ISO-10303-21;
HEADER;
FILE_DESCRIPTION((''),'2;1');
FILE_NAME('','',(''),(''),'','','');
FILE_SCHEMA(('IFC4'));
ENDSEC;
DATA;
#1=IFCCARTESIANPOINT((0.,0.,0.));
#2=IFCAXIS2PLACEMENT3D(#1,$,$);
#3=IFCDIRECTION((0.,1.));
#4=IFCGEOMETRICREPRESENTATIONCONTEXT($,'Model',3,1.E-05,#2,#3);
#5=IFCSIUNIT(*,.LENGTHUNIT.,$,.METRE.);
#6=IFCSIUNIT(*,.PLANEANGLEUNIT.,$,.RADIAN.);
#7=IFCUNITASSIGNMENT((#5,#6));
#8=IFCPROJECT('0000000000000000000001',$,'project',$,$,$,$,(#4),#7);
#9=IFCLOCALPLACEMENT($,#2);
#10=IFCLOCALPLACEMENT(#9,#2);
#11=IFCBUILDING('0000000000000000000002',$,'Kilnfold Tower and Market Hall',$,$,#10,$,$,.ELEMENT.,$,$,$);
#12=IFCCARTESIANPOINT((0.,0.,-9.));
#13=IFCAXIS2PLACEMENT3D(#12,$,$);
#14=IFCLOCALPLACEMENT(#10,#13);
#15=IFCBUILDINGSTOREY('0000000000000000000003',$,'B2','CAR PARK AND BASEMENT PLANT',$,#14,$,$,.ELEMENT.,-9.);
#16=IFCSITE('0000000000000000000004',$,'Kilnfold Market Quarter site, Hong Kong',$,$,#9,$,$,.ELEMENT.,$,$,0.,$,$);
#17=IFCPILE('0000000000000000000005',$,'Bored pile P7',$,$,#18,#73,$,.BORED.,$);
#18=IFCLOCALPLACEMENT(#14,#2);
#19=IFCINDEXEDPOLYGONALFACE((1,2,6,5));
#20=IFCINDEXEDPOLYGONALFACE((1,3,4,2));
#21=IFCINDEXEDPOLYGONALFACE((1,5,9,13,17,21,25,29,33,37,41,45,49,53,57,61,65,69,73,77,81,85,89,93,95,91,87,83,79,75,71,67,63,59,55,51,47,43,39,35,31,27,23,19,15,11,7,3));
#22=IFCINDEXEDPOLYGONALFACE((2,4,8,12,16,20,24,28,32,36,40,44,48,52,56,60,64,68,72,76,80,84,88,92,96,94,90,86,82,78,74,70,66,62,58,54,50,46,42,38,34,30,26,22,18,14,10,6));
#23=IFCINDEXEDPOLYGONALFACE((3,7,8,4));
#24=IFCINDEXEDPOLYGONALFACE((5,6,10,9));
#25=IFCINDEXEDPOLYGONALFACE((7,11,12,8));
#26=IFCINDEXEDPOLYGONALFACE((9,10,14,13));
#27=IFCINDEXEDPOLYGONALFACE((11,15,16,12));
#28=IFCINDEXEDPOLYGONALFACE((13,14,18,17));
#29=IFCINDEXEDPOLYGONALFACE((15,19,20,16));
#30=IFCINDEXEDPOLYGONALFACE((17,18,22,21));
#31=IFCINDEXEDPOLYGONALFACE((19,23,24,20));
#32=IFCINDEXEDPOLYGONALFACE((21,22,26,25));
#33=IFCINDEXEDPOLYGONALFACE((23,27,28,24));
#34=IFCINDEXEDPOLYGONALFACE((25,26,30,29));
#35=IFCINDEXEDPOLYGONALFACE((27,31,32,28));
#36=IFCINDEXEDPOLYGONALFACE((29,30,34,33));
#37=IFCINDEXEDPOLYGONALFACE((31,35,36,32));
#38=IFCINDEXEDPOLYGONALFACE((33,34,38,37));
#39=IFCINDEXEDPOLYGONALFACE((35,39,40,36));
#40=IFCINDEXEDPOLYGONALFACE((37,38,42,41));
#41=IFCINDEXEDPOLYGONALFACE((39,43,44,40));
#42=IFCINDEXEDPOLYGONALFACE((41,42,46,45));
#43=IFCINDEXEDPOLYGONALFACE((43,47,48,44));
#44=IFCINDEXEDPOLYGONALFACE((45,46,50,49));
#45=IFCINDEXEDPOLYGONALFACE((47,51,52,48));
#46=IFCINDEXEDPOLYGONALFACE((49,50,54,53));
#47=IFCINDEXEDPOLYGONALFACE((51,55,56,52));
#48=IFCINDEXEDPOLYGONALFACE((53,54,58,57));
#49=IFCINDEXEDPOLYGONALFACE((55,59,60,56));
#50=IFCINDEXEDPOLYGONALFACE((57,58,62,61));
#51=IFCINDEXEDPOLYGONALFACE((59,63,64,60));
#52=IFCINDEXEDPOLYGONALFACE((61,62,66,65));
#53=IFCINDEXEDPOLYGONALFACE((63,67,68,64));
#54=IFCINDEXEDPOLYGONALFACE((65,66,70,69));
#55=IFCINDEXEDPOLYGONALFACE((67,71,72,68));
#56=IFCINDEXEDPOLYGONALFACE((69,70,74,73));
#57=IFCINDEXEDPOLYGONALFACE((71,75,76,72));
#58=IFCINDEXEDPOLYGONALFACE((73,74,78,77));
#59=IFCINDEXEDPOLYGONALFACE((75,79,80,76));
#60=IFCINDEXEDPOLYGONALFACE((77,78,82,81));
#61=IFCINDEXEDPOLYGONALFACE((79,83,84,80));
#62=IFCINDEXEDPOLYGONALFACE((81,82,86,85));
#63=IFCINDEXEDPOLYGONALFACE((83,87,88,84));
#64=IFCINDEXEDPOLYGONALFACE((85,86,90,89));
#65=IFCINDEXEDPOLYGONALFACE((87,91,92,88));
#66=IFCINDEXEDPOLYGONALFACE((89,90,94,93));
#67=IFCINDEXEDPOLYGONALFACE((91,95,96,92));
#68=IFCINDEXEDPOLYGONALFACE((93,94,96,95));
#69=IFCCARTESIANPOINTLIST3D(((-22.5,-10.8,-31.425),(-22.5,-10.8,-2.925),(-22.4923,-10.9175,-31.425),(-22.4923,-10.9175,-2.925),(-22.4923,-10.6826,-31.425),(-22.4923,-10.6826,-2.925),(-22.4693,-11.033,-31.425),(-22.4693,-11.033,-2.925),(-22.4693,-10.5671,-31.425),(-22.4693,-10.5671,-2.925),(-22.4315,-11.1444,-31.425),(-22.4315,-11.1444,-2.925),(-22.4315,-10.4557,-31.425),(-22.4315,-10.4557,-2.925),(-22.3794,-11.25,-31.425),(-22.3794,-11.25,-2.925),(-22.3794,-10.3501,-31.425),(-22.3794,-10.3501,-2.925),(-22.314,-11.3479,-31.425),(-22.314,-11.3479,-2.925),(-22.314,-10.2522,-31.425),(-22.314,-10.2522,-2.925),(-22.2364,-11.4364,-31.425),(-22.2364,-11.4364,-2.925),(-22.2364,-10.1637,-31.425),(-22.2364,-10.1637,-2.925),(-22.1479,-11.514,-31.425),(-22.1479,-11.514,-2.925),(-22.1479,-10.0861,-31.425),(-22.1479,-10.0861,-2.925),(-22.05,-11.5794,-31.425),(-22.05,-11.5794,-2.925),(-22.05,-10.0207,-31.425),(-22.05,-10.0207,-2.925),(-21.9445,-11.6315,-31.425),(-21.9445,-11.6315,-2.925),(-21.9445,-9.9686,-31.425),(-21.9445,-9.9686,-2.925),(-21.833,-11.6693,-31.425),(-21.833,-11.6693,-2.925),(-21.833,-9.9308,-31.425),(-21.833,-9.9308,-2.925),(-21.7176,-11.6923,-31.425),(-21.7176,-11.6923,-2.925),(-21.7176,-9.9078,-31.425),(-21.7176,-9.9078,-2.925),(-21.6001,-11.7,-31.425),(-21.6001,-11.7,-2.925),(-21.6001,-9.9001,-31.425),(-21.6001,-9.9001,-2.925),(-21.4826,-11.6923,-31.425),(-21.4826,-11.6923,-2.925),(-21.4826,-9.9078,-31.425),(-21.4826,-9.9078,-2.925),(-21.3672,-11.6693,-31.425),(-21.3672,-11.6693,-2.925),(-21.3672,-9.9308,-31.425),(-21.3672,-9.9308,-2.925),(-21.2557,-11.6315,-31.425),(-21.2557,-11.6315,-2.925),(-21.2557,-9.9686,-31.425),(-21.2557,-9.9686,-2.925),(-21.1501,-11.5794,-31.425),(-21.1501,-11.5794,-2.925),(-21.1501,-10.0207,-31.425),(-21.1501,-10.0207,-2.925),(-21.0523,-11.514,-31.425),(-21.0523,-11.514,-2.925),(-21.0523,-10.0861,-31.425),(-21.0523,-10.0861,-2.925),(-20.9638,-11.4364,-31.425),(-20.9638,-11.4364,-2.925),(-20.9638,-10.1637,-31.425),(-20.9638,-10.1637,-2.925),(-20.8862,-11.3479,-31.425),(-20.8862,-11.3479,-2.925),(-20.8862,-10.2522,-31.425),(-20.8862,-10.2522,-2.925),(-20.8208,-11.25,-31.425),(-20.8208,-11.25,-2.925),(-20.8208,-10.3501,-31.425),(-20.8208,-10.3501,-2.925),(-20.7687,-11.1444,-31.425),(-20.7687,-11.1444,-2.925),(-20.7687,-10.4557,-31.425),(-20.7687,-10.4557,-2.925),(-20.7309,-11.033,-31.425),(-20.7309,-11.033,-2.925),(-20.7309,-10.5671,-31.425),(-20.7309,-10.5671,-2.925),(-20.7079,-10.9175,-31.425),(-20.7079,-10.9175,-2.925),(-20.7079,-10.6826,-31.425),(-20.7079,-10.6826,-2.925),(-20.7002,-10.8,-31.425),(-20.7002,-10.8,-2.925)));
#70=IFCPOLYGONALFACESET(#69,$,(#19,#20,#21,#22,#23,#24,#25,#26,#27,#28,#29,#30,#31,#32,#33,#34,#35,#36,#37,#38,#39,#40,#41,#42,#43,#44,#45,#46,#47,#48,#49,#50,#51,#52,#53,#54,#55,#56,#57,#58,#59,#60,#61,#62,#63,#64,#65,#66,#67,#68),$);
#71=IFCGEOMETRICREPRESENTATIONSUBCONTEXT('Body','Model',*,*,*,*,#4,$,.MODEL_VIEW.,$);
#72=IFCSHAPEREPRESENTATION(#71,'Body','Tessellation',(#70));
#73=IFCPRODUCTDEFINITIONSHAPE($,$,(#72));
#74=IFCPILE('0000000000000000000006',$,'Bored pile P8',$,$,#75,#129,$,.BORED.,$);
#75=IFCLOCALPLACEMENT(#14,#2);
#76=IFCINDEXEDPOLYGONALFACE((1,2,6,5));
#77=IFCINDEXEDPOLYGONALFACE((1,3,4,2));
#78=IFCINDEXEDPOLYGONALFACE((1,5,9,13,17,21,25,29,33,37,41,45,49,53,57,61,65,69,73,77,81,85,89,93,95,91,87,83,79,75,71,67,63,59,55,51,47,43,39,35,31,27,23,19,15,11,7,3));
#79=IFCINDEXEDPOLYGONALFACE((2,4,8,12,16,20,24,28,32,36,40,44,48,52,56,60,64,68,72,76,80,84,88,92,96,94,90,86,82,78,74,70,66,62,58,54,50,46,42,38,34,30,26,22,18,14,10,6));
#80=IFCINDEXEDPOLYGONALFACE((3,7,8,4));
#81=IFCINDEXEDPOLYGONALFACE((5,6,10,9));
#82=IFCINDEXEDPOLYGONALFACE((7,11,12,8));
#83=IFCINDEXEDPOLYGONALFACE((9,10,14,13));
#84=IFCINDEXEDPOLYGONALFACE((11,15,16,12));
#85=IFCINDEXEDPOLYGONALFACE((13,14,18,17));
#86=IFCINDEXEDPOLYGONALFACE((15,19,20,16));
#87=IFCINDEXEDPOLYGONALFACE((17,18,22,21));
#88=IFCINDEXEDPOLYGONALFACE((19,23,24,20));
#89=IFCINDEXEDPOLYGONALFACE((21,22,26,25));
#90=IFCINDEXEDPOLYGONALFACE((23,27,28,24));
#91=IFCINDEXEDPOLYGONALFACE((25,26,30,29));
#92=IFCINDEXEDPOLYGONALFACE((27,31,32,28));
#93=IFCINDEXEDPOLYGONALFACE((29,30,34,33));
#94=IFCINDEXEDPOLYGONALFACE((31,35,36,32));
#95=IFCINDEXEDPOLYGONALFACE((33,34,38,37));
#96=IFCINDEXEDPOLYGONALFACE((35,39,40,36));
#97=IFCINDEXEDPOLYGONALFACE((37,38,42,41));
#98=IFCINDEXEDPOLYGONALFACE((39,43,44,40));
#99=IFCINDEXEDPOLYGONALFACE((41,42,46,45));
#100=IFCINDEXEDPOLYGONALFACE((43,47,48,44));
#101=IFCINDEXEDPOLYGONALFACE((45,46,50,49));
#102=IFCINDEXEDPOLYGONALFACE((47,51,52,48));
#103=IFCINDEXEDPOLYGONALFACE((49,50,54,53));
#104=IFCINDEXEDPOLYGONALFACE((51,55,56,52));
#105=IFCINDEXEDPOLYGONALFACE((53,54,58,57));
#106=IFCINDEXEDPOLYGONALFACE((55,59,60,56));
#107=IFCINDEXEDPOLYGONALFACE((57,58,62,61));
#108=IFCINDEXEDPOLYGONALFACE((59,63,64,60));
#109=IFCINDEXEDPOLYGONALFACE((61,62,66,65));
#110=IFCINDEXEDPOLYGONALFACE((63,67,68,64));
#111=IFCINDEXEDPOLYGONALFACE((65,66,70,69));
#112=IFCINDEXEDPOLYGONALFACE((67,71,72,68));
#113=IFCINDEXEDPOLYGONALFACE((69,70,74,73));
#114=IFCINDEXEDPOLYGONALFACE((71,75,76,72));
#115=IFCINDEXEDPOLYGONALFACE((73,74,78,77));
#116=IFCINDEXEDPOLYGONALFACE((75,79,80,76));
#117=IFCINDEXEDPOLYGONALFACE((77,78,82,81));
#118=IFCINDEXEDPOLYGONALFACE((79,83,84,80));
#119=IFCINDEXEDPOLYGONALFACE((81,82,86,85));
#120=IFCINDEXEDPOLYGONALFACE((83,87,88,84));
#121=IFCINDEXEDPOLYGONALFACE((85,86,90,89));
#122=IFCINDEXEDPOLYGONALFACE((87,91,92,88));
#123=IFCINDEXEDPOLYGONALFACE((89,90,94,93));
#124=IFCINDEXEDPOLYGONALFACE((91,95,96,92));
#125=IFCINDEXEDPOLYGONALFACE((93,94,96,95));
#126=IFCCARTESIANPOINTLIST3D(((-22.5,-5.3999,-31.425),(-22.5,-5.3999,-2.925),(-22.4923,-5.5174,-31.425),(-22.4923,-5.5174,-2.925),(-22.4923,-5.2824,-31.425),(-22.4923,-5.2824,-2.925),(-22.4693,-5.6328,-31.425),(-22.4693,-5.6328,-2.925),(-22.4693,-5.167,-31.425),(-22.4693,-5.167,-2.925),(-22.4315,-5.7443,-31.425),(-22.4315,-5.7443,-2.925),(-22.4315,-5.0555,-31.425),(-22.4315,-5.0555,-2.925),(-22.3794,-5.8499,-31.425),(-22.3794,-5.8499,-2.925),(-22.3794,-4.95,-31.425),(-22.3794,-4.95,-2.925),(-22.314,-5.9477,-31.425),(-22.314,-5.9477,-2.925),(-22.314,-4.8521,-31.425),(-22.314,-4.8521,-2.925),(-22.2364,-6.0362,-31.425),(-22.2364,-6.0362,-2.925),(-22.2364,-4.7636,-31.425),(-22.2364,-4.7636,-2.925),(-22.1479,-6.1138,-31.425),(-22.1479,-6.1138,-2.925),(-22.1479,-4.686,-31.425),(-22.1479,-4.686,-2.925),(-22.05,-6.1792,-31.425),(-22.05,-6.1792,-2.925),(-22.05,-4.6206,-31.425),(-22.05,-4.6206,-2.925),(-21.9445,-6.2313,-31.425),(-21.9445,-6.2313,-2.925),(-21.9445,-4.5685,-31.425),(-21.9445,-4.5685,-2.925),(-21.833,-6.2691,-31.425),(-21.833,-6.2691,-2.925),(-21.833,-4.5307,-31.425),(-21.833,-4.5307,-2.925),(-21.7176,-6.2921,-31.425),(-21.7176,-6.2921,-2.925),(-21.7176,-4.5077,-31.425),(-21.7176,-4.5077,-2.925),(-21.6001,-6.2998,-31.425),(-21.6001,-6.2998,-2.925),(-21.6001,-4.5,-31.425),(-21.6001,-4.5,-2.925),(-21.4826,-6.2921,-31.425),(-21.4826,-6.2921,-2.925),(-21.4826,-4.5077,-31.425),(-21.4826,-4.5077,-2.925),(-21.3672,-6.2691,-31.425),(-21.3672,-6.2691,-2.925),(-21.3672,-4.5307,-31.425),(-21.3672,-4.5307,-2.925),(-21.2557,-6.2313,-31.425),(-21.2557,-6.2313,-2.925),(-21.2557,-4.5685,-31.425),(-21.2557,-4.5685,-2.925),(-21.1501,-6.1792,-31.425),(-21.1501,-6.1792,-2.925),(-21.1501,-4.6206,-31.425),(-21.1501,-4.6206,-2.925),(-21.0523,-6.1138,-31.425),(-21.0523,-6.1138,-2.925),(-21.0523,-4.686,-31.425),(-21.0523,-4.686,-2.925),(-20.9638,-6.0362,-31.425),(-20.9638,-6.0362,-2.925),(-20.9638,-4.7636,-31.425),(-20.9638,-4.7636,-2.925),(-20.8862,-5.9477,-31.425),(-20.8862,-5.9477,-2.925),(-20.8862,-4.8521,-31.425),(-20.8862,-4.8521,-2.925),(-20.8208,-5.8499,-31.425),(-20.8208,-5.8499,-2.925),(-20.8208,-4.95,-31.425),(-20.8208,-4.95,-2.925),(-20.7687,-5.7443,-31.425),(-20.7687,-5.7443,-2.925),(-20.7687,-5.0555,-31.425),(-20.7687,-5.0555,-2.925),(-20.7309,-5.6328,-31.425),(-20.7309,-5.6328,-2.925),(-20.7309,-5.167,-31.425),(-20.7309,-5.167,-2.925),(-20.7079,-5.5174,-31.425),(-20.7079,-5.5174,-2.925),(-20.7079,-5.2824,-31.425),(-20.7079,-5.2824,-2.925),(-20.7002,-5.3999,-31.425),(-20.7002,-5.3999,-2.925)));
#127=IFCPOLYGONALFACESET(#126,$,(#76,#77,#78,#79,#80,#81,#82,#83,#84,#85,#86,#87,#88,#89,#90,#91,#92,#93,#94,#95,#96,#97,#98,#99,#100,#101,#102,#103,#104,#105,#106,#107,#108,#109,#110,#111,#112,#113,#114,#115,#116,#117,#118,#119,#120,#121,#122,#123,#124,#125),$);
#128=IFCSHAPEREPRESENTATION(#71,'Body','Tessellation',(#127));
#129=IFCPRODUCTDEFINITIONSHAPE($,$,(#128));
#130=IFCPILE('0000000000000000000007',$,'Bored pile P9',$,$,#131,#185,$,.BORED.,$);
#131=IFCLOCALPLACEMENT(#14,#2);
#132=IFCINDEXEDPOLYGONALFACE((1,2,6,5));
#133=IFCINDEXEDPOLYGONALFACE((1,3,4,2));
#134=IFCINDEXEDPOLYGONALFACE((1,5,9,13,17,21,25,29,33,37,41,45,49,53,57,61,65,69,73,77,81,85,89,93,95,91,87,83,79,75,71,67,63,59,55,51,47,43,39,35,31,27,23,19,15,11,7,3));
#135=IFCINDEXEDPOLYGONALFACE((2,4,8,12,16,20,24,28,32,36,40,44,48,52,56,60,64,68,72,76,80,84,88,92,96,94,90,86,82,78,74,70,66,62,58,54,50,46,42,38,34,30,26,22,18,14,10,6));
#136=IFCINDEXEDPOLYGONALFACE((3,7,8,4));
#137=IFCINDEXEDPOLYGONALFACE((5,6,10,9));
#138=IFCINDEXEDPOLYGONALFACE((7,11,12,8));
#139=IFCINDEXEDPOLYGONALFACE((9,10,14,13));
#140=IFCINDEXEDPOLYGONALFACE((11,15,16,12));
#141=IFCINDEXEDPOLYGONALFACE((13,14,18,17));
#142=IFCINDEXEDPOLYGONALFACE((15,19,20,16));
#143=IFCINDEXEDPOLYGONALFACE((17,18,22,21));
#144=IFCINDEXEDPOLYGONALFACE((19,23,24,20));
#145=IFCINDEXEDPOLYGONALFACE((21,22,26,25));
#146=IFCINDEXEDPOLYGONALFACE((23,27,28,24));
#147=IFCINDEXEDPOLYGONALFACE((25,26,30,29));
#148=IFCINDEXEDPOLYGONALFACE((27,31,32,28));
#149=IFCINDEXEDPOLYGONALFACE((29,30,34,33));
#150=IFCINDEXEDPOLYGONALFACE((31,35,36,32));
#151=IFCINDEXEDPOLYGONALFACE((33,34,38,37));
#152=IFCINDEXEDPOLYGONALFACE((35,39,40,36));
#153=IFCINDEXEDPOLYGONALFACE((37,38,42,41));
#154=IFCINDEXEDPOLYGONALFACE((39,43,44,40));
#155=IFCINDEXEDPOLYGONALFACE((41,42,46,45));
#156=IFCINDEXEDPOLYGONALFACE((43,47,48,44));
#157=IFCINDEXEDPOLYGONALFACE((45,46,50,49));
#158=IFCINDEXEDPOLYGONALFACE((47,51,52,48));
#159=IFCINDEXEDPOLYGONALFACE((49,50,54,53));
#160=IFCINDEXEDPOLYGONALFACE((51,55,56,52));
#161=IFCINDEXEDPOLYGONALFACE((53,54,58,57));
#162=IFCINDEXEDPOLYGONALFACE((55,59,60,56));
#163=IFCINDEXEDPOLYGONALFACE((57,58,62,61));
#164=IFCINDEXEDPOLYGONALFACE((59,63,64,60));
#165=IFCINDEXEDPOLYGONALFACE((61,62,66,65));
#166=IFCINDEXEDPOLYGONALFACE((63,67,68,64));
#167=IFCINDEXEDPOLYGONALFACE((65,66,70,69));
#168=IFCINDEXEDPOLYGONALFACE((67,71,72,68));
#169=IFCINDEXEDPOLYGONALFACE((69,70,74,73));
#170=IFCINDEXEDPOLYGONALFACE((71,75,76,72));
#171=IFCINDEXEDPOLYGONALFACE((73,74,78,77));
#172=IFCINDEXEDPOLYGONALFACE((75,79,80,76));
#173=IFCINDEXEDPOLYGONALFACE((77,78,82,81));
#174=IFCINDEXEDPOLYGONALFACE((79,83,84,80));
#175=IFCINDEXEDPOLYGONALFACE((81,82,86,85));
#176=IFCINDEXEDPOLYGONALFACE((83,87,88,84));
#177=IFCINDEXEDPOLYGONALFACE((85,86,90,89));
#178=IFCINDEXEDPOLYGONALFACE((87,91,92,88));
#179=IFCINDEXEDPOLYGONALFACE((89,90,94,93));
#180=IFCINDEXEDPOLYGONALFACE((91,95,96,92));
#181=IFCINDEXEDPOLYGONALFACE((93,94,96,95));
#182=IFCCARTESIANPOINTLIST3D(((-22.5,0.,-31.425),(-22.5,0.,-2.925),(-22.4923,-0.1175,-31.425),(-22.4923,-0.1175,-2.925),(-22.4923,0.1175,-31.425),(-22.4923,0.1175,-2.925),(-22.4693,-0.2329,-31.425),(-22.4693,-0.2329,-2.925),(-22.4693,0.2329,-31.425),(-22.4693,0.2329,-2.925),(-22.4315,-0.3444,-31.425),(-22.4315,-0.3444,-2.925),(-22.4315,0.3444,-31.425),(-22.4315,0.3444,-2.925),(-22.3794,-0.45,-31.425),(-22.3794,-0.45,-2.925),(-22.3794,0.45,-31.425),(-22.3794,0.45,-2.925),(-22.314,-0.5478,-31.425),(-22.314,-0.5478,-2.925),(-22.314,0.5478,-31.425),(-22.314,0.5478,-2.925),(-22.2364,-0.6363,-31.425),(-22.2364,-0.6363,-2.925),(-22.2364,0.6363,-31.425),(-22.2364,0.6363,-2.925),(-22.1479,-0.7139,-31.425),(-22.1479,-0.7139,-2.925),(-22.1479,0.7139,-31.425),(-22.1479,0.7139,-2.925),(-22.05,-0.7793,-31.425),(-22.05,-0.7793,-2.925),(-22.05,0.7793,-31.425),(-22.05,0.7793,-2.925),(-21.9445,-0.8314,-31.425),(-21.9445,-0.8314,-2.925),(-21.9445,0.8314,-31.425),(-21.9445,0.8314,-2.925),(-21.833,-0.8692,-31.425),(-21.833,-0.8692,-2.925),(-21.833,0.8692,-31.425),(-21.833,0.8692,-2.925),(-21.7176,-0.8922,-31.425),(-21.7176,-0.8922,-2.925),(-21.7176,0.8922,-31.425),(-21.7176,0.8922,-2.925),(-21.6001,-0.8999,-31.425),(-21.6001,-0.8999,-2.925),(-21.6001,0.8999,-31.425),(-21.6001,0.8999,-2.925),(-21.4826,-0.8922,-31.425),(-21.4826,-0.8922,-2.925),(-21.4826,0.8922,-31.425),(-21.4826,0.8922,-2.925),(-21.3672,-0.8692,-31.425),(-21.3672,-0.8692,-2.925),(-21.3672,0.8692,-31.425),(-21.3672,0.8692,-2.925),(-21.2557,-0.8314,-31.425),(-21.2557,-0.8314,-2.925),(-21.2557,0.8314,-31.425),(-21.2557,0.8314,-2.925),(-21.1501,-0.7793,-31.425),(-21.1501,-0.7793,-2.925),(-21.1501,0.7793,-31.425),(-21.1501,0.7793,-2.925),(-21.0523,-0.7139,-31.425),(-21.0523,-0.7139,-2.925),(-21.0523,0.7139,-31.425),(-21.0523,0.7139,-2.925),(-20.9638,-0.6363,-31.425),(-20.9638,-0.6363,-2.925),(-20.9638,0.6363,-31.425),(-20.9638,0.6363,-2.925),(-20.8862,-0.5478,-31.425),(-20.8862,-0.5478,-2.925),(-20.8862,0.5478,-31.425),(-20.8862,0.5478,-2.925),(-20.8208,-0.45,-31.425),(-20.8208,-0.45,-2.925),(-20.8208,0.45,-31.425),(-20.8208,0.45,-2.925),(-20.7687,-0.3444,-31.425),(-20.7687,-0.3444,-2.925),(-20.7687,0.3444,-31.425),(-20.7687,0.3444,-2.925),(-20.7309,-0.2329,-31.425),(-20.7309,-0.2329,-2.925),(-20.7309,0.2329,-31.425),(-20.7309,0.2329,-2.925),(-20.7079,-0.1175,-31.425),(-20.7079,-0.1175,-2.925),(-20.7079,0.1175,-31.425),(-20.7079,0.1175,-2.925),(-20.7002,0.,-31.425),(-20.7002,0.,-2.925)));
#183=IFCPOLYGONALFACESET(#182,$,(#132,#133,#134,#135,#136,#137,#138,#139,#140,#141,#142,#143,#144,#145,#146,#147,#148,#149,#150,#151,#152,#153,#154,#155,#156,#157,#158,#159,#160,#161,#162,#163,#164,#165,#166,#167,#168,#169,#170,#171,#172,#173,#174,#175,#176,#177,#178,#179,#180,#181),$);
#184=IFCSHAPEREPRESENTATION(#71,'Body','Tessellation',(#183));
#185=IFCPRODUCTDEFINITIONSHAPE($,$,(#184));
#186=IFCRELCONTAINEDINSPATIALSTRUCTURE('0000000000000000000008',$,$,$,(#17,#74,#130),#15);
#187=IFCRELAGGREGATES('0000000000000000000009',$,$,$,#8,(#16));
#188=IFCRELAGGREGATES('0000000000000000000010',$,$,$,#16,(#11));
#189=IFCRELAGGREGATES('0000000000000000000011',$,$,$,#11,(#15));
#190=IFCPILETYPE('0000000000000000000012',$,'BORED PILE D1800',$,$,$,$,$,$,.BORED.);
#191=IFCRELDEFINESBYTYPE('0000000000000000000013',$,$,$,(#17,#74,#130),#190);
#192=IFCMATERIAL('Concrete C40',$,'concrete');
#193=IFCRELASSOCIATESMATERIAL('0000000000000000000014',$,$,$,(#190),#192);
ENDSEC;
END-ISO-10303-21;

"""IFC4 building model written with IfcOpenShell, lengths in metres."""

from ifc_helpers import new_model, si_unit, direction, frame, origin, origin_2d, place, context, subcontext, project, spatial, circle, extrude, source, transform, mapped, material, material_profile, profile_set, type_object, element, save


model = new_model("IFC4")

# Units and contexts
model_context = context("Model", 3, precision=1e-05, world=origin(), true_north=direction((0.0, 1.0)))
body_context = subcontext(model_context, "Body", "Model", "MODEL_VIEW")
ifc_project = project(units=[si_unit("LENGTHUNIT", "METRE"), si_unit("PLANEANGLEUNIT", "RADIAN")], contexts=[model_context])

# Site, building, storey
site_placement = place(None, origin())
site = spatial("IfcSite", under=ifc_project, at=site_placement, Name="Kilnfold Market Quarter site, Hong Kong", CompositionType="ELEMENT", RefElevation=0.0)
building_placement = place(site_placement, origin())
building = spatial("IfcBuilding", under=site, at=building_placement, Name="Kilnfold Tower and Market Hall", CompositionType="ELEMENT")
storey_placement = place(building_placement, frame((0.0, 0.0, -9.0)))
storey = spatial("IfcBuildingStorey", under=building, at=storey_placement, Name="B2", Description="CAR PARK AND BASEMENT PLANT", CompositionType="ELEMENT", Elevation=-9.0)

# Piles
ifc_material_1 = material(Name="Concrete C40", Category="concrete")
ifc_material_profile_1 = material_profile(ifc_material_1, circle(Radius=0.8999, at=origin_2d()), Name="RC D1800")
ifc_profile_set_1 = profile_set([ifc_material_profile_1], Name="Concrete C40")
pile_type = type_object("IfcPileType", Name="BORED PILE D1800", PredefinedType="BORED", material=ifc_profile_set_1)
shared_shape_1 = source(origin(), body_context, "Body", "SweptSolid", [
    extrude(circle(Radius=0.8999, at=origin_2d()), origin(), (0.0, 0.0, 1.0), 28.5),
])
for number, where, z_axis, x_axis, name in (
    (1, (-21.6001, -10.8, -2.925), (0.0, 0.0, -1.0), (1.0, 0.0, 0.0), "Bored pile P7"),
    (2, (-21.6001, -5.3999, -2.925), (0.0, 0.0, -1.0), (1.0, 0.0, 0.0), "Bored pile P8"),
    (3, (-21.6001, 0.0, -2.925), (0.0, 0.0, -1.0), (1.0, 0.0, 0.0), "Bored pile P9"),
):
    element("IfcPile", number, at=place(storey_placement, frame(where, z_axis=z_axis, x_axis=x_axis)), inside=storey, type_object=pile_type, Name=name, PredefinedType="BORED", context=body_context, shape_type="MappedRepresentation", body=[
        mapped(shared_shape_1, transform((0.0, 0.0, 0.0))),
    ])

save(model, "model.ifc")
